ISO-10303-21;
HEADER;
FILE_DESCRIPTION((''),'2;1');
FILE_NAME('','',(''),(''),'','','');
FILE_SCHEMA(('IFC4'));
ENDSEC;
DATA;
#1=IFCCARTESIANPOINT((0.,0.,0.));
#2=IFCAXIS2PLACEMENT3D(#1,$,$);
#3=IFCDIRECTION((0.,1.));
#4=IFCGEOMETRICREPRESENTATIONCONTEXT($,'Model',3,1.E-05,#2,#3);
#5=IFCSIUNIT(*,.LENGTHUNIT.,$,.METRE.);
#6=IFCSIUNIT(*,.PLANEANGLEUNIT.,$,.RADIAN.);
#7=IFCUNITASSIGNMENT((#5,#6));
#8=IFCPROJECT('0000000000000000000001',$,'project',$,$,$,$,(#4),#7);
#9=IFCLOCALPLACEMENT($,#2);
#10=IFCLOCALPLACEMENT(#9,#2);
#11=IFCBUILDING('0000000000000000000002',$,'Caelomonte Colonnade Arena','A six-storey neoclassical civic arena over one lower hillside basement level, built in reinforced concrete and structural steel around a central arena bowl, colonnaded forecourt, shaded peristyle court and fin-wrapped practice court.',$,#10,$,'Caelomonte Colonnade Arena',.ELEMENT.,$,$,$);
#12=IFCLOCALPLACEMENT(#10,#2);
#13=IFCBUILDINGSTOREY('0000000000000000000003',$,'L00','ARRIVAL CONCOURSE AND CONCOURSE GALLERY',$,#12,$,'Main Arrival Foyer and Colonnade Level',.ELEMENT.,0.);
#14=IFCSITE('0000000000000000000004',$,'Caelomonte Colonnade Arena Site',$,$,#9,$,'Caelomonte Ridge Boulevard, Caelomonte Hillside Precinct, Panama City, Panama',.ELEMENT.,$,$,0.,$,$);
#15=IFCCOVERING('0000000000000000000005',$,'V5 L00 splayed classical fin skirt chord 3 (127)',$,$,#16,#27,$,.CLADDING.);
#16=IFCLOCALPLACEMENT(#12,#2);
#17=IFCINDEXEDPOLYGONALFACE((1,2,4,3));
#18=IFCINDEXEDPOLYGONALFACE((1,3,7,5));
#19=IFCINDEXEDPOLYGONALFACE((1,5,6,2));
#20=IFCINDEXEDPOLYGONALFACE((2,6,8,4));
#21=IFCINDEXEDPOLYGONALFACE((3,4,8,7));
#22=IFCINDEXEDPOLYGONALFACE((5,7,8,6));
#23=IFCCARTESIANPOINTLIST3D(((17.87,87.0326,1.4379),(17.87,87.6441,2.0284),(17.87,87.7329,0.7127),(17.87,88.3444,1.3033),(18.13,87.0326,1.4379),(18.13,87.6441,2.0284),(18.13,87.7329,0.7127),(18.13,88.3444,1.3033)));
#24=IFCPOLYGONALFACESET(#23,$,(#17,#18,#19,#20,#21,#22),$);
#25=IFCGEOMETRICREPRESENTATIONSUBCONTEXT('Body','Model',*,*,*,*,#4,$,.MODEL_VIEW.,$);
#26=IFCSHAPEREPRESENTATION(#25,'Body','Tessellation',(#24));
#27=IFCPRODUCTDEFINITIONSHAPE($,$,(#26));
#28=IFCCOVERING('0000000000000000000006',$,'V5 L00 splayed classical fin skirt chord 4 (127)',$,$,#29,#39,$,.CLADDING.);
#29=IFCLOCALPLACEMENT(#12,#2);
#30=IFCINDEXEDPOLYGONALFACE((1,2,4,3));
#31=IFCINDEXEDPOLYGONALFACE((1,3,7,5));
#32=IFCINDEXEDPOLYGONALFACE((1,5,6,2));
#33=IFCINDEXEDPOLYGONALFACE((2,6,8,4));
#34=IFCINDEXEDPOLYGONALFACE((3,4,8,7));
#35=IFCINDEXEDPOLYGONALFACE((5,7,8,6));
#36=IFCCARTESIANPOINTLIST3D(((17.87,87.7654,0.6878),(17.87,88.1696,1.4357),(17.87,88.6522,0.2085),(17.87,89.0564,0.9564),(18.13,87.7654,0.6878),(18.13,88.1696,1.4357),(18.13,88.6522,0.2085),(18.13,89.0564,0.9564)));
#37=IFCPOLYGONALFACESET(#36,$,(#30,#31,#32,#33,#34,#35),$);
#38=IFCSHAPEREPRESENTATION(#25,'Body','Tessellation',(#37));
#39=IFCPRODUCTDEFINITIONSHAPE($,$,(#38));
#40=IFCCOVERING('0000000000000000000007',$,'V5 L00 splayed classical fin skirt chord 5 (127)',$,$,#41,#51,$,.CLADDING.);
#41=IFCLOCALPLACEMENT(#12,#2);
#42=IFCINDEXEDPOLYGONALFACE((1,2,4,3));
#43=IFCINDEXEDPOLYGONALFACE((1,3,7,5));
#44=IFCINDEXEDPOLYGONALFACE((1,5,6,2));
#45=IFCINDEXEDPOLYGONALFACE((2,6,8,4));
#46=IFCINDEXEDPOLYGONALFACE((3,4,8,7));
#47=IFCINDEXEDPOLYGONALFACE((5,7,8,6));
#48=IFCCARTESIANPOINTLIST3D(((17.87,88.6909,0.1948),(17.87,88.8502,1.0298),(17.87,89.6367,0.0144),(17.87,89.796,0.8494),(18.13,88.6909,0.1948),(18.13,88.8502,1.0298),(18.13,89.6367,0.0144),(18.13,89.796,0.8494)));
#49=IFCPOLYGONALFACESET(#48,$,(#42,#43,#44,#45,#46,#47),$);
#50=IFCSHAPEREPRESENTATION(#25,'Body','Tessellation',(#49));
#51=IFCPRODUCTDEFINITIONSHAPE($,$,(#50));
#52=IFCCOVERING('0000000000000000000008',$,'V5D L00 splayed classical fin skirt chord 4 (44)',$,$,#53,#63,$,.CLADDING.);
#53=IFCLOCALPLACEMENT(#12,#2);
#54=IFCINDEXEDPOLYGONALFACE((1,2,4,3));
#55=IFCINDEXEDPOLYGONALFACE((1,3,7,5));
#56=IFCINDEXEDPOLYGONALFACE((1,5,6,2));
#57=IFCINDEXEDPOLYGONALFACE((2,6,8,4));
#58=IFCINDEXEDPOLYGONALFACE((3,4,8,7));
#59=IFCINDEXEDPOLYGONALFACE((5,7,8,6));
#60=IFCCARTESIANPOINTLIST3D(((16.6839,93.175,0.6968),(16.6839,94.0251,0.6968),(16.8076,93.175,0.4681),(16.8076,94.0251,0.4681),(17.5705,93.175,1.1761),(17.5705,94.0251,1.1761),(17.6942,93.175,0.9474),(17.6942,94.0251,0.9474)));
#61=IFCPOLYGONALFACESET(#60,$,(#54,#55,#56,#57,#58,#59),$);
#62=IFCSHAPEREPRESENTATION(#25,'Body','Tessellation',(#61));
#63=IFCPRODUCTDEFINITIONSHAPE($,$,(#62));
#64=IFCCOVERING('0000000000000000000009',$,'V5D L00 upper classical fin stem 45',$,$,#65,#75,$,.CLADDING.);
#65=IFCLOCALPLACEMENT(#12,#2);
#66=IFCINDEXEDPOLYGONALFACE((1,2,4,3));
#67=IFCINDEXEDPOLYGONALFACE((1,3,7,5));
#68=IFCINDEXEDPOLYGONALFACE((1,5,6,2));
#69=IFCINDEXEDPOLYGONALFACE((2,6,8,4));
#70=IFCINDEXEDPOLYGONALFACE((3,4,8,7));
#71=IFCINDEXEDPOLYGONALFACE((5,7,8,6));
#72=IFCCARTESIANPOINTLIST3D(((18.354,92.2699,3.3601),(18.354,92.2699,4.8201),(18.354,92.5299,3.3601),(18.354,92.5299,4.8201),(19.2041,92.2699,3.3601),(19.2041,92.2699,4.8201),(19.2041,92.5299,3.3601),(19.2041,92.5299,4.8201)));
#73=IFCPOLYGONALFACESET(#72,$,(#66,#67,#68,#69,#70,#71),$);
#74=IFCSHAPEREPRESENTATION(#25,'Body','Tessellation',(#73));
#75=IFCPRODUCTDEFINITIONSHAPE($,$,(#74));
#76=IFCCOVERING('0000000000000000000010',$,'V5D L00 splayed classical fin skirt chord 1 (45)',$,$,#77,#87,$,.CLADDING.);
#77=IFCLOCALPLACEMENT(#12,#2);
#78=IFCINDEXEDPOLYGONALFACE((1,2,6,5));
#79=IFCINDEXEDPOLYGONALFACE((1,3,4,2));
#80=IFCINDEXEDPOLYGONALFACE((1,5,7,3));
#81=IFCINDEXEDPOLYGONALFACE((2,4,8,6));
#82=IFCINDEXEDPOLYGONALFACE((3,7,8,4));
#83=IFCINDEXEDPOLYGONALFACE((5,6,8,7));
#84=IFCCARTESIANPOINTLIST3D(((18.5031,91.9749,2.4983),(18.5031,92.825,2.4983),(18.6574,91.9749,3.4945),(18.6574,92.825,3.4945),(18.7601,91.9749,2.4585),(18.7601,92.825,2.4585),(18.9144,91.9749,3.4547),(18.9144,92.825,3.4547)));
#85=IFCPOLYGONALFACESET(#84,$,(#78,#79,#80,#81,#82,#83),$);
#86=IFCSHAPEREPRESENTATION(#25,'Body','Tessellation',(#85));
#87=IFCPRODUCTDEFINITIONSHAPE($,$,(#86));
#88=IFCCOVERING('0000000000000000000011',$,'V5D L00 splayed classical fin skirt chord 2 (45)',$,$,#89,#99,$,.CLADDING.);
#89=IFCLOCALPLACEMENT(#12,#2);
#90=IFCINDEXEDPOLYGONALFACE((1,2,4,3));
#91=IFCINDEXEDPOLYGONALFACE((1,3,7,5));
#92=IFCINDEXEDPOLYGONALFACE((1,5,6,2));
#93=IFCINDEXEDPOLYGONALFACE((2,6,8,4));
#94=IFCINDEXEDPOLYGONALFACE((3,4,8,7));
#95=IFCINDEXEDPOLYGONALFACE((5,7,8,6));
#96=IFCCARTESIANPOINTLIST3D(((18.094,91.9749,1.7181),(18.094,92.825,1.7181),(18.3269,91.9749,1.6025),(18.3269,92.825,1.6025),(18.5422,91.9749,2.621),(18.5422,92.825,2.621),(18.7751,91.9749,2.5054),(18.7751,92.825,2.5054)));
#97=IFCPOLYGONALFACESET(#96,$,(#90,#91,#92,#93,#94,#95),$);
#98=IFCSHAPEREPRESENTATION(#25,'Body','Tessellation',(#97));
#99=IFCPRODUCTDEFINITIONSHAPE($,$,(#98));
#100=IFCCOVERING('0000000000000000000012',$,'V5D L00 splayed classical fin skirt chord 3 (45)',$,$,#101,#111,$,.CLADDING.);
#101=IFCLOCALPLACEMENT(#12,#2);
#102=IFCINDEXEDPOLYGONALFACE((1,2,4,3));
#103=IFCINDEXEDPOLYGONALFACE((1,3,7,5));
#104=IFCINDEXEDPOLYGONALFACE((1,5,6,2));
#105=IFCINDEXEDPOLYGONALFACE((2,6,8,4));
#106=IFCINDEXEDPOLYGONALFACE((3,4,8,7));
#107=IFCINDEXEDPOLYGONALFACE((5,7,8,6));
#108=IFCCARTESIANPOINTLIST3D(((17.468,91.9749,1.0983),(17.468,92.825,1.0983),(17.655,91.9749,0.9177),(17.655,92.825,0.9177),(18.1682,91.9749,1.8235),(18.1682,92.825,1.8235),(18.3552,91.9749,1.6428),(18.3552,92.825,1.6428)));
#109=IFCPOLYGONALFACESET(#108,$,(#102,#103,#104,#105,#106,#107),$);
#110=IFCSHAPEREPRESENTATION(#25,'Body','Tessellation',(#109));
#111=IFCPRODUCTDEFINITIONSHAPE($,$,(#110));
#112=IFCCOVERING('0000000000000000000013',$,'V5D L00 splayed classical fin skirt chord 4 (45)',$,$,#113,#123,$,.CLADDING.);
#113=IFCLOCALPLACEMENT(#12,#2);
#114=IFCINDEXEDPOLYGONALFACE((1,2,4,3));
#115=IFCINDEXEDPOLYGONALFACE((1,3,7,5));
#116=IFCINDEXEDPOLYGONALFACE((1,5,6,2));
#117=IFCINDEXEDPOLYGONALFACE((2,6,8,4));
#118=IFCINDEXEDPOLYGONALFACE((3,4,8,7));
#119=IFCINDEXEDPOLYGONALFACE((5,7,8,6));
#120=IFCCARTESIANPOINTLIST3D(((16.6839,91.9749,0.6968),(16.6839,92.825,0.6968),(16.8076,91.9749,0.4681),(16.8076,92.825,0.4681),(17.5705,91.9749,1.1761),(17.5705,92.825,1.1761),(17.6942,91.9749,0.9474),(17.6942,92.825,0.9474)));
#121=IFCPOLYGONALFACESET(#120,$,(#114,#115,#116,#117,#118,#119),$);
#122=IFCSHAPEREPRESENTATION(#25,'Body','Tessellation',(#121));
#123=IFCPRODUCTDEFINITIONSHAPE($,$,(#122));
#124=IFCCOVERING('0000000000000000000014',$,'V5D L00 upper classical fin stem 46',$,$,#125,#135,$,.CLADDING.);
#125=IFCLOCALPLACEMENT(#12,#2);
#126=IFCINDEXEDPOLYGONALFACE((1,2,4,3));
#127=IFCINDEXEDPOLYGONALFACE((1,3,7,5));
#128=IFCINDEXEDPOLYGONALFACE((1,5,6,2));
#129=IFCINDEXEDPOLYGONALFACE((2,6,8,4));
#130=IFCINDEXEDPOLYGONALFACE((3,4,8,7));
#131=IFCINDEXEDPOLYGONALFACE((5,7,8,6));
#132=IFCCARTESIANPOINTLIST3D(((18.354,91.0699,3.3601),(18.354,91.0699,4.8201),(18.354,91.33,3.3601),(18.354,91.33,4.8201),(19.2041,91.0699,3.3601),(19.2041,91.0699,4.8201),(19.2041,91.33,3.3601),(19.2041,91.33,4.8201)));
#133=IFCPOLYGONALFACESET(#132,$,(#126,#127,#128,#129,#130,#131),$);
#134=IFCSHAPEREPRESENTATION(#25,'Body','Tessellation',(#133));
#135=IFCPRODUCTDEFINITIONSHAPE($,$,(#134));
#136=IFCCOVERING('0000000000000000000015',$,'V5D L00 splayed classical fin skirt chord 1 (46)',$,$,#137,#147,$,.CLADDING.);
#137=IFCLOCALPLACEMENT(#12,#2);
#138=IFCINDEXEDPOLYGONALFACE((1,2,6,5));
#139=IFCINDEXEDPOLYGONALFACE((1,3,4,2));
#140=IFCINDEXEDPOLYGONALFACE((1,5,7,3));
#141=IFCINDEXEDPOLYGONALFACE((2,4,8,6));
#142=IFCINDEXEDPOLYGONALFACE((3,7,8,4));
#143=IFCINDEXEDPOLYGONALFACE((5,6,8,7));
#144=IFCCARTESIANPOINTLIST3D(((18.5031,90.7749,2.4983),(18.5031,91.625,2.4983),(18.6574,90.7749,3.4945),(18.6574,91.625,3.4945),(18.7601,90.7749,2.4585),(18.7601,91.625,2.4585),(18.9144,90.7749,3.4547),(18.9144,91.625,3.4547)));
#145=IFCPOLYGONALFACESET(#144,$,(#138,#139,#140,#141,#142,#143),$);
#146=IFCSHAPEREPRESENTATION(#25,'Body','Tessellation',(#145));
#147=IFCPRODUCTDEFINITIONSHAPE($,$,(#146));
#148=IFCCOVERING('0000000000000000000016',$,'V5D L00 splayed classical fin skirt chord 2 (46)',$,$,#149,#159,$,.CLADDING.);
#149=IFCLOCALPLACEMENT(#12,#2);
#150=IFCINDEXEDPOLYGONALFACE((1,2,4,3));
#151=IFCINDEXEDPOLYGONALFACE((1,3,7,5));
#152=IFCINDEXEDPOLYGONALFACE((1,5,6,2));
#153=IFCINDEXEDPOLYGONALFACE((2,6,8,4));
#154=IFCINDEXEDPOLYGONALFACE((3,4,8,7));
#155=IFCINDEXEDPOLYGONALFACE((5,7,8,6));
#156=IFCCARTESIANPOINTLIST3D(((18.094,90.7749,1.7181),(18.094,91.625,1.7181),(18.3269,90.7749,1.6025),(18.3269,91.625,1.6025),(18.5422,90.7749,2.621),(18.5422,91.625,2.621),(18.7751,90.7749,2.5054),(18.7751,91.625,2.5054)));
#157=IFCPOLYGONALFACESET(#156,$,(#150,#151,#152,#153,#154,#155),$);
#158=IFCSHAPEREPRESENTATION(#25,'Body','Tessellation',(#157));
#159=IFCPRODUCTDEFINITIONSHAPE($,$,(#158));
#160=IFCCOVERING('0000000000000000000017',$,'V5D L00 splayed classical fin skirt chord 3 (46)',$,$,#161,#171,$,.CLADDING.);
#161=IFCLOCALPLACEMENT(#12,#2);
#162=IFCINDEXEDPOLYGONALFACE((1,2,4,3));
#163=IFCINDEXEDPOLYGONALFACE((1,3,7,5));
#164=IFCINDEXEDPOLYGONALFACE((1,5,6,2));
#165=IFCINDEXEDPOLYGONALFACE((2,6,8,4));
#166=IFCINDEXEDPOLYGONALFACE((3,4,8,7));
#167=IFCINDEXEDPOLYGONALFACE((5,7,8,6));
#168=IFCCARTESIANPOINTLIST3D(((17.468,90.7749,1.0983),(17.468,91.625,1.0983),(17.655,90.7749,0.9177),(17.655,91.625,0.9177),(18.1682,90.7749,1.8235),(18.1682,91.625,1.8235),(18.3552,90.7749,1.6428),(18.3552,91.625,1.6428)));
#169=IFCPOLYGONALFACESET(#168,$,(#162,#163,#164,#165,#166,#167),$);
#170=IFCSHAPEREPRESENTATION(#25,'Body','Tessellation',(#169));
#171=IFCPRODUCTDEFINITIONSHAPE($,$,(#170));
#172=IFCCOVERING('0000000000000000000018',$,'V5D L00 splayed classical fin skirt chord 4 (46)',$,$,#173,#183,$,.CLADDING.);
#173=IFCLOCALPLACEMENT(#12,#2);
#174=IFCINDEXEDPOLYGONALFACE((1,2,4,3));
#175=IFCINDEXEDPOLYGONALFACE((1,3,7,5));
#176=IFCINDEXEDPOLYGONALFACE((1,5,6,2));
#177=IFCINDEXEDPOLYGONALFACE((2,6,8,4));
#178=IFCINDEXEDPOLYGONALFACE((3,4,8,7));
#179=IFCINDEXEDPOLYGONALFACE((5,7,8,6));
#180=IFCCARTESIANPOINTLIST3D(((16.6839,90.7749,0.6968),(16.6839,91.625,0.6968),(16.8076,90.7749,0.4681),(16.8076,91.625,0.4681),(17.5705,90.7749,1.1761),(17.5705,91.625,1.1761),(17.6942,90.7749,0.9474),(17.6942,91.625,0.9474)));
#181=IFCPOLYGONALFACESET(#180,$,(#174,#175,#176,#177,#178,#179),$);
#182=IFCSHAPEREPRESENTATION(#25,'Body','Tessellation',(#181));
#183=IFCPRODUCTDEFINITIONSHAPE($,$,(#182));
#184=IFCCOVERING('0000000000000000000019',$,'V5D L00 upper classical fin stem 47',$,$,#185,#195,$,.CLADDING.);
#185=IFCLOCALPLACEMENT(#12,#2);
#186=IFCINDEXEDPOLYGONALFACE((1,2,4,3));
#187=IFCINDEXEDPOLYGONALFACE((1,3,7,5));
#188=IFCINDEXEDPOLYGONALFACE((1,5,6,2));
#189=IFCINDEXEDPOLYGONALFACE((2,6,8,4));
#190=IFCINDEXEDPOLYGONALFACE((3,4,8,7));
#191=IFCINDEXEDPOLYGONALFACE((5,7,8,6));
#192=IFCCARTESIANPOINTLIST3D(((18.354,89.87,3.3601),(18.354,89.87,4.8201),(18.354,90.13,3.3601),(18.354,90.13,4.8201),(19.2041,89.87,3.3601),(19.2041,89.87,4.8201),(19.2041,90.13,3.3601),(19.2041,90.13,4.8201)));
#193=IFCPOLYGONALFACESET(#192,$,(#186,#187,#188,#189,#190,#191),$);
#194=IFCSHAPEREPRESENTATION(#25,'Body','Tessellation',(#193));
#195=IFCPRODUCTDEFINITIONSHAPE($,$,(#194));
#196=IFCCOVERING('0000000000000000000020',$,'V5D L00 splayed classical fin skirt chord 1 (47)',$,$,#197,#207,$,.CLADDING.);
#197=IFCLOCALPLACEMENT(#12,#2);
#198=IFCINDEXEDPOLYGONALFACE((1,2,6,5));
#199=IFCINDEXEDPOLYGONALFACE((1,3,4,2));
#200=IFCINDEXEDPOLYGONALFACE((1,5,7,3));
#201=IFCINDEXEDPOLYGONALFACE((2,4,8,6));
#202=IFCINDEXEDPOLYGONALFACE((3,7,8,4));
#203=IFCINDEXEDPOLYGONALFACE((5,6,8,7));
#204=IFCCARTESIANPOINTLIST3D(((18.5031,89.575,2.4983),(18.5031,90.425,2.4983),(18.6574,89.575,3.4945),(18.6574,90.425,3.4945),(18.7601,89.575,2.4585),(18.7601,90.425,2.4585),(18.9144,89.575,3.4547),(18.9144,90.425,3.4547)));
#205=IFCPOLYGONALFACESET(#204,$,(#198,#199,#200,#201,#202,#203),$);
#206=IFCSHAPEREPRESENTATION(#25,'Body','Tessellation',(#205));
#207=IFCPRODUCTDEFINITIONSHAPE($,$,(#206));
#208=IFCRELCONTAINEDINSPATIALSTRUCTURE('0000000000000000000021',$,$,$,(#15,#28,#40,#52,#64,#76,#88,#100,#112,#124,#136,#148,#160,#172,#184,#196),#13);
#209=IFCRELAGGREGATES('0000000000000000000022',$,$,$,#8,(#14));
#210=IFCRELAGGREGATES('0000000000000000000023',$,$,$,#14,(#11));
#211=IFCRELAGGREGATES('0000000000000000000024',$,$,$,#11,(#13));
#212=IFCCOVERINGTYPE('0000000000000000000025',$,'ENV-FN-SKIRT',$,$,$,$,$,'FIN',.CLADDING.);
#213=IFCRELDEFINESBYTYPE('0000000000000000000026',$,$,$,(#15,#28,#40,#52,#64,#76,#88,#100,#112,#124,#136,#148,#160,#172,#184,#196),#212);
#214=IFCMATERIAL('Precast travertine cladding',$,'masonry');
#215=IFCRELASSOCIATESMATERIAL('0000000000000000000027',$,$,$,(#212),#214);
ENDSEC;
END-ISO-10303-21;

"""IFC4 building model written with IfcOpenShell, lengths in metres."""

from ifc_helpers import new_model, si_unit, direction, frame, origin, origin_2d, place, context, subcontext, project, spatial, rectangle, extrude, material, material_profile, profile_set, type_object, element, save


model = new_model("IFC4")

# Units and contexts
model_context = context("Model", 3, precision=1e-05, world=origin(), true_north=direction((0.0, 1.0)))
body_context = subcontext(model_context, "Body", "Model", "MODEL_VIEW")
ifc_project = project(units=[si_unit("LENGTHUNIT", "METRE"), si_unit("PLANEANGLEUNIT", "RADIAN")], contexts=[model_context])

# Site, building, storey
site_placement = place(None, origin())
site = spatial("IfcSite", under=ifc_project, at=site_placement, Name="Caelomonte Colonnade Arena Site", LongName="Caelomonte Ridge Boulevard, Caelomonte Hillside Precinct, Panama City, Panama", CompositionType="ELEMENT", RefElevation=0.0)
building_placement = place(site_placement, origin())
building = spatial("IfcBuilding", under=site, at=building_placement, Name="Caelomonte Colonnade Arena", Description="A six-storey neoclassical civic arena over one lower hillside basement level, built in reinforced concrete and structural steel around a central arena bowl, colonnaded forecourt, shaded peristyle court and fin-wrapped practice court.", LongName="Caelomonte Colonnade Arena", CompositionType="ELEMENT")
storey_placement = place(building_placement, origin())
storey = spatial("IfcBuildingStorey", under=building, at=storey_placement, Name="L00", Description="ARRIVAL CONCOURSE AND CONCOURSE GALLERY", LongName="Main Arrival Foyer and Colonnade Level", CompositionType="ELEMENT", Elevation=0.0)

# Coverings
ifc_material = material(Name="Precast travertine cladding", Category="masonry")
ifc_material_profile = material_profile(ifc_material, rectangle(XDim=0.26, YDim=0.8501, at=origin_2d()), Name="FIN260X850")
ifc_profile_set = profile_set([ifc_material_profile], Name="Precast travertine cladding")
covering_type = type_object("IfcCoveringType", Name="ENV-FN-SKIRT", ElementType="FIN", PredefinedType="CLADDING", material=ifc_profile_set)
for number, where, z_axis, x_axis, name in (
    (1, (18.0, 87.3384, 1.7332), (0.0, 0.694646, -0.719351), (-1.0, 0.0, 0.0), "V5 L00 splayed classical fin skirt chord 3 (127)"),
    (2, (18.0, 87.9675, 1.0618), (0.0, 0.879731, -0.475471), (-1.0, 0.0, 0.0), "V5 L00 splayed classical fin skirt chord 4 (127)"),
):
    element("IfcCovering", number, at=place(storey_placement, frame(where, z_axis=z_axis, x_axis=x_axis)), inside=storey, type_object=covering_type, Name=name, PredefinedType="CLADDING", context=body_context, shape_type="SweptSolid", body=[
        extrude(rectangle(XDim=0.26, YDim=0.8501, at=origin_2d()), origin(), (0.0, 0.0, 1.0), 1.0081),
    ])
covering_1_placement = place(storey_placement, frame((18.0, 88.7705, 0.6123), z_axis=(0.0, 0.982287, -0.18738), x_axis=(-1.0, 0.0, 0.0)))
element("IfcCovering", 3, at=covering_1_placement, inside=storey, type_object=covering_type, Name="V5 L00 splayed classical fin skirt chord 5 (127)", PredefinedType="CLADDING", context=body_context, shape_type="SweptSolid", body=[
    extrude(rectangle(XDim=0.26, YDim=0.8501, at=origin_2d()), origin(), (0.0, 0.0, 1.0), 0.9629),
])
covering_2_placement = place(storey_placement, frame((17.6323, 93.6001, 1.0618), z_axis=(-0.879676, 0.0, -0.475573), x_axis=(-0.475573, 0.0, 0.879676)))
element("IfcCovering", 4, at=covering_2_placement, inside=storey, type_object=covering_type, Name="V5D L00 splayed classical fin skirt chord 4 (44)", PredefinedType="CLADDING", context=body_context, shape_type="SweptSolid", body=[
    extrude(rectangle(XDim=0.26, YDim=0.8501, at=origin_2d()), origin(), (0.0, 0.0, 1.0), 1.0078),
])
covering_3_placement = place(storey_placement, frame((18.7791, 92.3999, 3.3601), z_axis=(0.0, 0.0, 1.0), x_axis=(0.0, 1.0, 0.0)))
element("IfcCovering", 5, at=covering_3_placement, inside=storey, type_object=covering_type, Name="V5D L00 upper classical fin stem 45", PredefinedType="CLADDING", context=body_context, shape_type="SweptSolid", body=[
    extrude(rectangle(XDim=0.26, YDim=0.8501, at=origin_2d()), origin(), (0.0, 0.0, 1.0), 1.46),
])
for number, where, z_axis, x_axis, name in (
    (6, (18.7859, 92.3999, 3.4746), (-0.153076, 0.0, -0.988214), (-0.988214, 0.0, 0.153076), "V5D L00 splayed classical fin skirt chord 1 (45)"),
    (7, (18.6587, 92.3999, 2.5632), (-0.444693, 0.0, -0.895683), (-0.895683, 0.0, 0.444693), "V5D L00 splayed classical fin skirt chord 2 (45)"),
    (8, (18.2617, 92.3999, 1.7332), (-0.694646, 0.0, -0.719351), (-0.719351, 0.0, 0.694646), "V5D L00 splayed classical fin skirt chord 3 (45)"),
):
    element("IfcCovering", number, at=place(storey_placement, frame(where, z_axis=z_axis, x_axis=x_axis)), inside=storey, type_object=covering_type, Name=name, PredefinedType="CLADDING", context=body_context, shape_type="SweptSolid", body=[
        extrude(rectangle(XDim=0.26, YDim=0.8501, at=origin_2d()), origin(), (0.0, 0.0, 1.0), 1.0081),
    ])
covering_4_placement = place(storey_placement, frame((17.6323, 92.3999, 1.0618), z_axis=(-0.879676, 0.0, -0.475573), x_axis=(-0.475573, 0.0, 0.879676)))
element("IfcCovering", 9, at=covering_4_placement, inside=storey, type_object=covering_type, Name="V5D L00 splayed classical fin skirt chord 4 (45)", PredefinedType="CLADDING", context=body_context, shape_type="SweptSolid", body=[
    extrude(rectangle(XDim=0.26, YDim=0.8501, at=origin_2d()), origin(), (0.0, 0.0, 1.0), 1.0078),
])
covering_5_placement = place(storey_placement, frame((18.7791, 91.2, 3.3601), z_axis=(0.0, 0.0, 1.0), x_axis=(0.0, 1.0, 0.0)))
element("IfcCovering", 10, at=covering_5_placement, inside=storey, type_object=covering_type, Name="V5D L00 upper classical fin stem 46", PredefinedType="CLADDING", context=body_context, shape_type="SweptSolid", body=[
    extrude(rectangle(XDim=0.26, YDim=0.8501, at=origin_2d()), origin(), (0.0, 0.0, 1.0), 1.46),
])
for number, where, z_axis, x_axis, name in (
    (11, (18.7859, 91.2, 3.4746), (-0.153076, 0.0, -0.988214), (-0.988214, 0.0, 0.153076), "V5D L00 splayed classical fin skirt chord 1 (46)"),
    (12, (18.6587, 91.2, 2.5632), (-0.444693, 0.0, -0.895683), (-0.895683, 0.0, 0.444693), "V5D L00 splayed classical fin skirt chord 2 (46)"),
    (13, (18.2617, 91.2, 1.7332), (-0.694646, 0.0, -0.719351), (-0.719351, 0.0, 0.694646), "V5D L00 splayed classical fin skirt chord 3 (46)"),
):
    element("IfcCovering", number, at=place(storey_placement, frame(where, z_axis=z_axis, x_axis=x_axis)), inside=storey, type_object=covering_type, Name=name, PredefinedType="CLADDING", context=body_context, shape_type="SweptSolid", body=[
        extrude(rectangle(XDim=0.26, YDim=0.8501, at=origin_2d()), origin(), (0.0, 0.0, 1.0), 1.0081),
    ])
covering_6_placement = place(storey_placement, frame((17.6323, 91.2, 1.0618), z_axis=(-0.879676, 0.0, -0.475573), x_axis=(-0.475573, 0.0, 0.879676)))
element("IfcCovering", 14, at=covering_6_placement, inside=storey, type_object=covering_type, Name="V5D L00 splayed classical fin skirt chord 4 (46)", PredefinedType="CLADDING", context=body_context, shape_type="SweptSolid", body=[
    extrude(rectangle(XDim=0.26, YDim=0.8501, at=origin_2d()), origin(), (0.0, 0.0, 1.0), 1.0078),
])
covering_7_placement = place(storey_placement, frame((18.7791, 90.0, 3.3601), z_axis=(0.0, 0.0, 1.0), x_axis=(0.0, 1.0, 0.0)))
element("IfcCovering", 15, at=covering_7_placement, inside=storey, type_object=covering_type, Name="V5D L00 upper classical fin stem 47", PredefinedType="CLADDING", context=body_context, shape_type="SweptSolid", body=[
    extrude(rectangle(XDim=0.26, YDim=0.8501, at=origin_2d()), origin(), (0.0, 0.0, 1.0), 1.46),
])
for number, where, z_axis, x_axis, name in (
    (16, (18.7859, 90.0, 3.4746), (-0.153076, 0.0, -0.988214), (-0.988214, 0.0, 0.153076), "V5D L00 splayed classical fin skirt chord 1 (47)"),
):
    element("IfcCovering", number, at=place(storey_placement, frame(where, z_axis=z_axis, x_axis=x_axis)), inside=storey, type_object=covering_type, Name=name, PredefinedType="CLADDING", context=body_context, shape_type="SweptSolid", body=[
        extrude(rectangle(XDim=0.26, YDim=0.8501, at=origin_2d()), origin(), (0.0, 0.0, 1.0), 1.0081),
    ])

save(model, "model.ifc")
